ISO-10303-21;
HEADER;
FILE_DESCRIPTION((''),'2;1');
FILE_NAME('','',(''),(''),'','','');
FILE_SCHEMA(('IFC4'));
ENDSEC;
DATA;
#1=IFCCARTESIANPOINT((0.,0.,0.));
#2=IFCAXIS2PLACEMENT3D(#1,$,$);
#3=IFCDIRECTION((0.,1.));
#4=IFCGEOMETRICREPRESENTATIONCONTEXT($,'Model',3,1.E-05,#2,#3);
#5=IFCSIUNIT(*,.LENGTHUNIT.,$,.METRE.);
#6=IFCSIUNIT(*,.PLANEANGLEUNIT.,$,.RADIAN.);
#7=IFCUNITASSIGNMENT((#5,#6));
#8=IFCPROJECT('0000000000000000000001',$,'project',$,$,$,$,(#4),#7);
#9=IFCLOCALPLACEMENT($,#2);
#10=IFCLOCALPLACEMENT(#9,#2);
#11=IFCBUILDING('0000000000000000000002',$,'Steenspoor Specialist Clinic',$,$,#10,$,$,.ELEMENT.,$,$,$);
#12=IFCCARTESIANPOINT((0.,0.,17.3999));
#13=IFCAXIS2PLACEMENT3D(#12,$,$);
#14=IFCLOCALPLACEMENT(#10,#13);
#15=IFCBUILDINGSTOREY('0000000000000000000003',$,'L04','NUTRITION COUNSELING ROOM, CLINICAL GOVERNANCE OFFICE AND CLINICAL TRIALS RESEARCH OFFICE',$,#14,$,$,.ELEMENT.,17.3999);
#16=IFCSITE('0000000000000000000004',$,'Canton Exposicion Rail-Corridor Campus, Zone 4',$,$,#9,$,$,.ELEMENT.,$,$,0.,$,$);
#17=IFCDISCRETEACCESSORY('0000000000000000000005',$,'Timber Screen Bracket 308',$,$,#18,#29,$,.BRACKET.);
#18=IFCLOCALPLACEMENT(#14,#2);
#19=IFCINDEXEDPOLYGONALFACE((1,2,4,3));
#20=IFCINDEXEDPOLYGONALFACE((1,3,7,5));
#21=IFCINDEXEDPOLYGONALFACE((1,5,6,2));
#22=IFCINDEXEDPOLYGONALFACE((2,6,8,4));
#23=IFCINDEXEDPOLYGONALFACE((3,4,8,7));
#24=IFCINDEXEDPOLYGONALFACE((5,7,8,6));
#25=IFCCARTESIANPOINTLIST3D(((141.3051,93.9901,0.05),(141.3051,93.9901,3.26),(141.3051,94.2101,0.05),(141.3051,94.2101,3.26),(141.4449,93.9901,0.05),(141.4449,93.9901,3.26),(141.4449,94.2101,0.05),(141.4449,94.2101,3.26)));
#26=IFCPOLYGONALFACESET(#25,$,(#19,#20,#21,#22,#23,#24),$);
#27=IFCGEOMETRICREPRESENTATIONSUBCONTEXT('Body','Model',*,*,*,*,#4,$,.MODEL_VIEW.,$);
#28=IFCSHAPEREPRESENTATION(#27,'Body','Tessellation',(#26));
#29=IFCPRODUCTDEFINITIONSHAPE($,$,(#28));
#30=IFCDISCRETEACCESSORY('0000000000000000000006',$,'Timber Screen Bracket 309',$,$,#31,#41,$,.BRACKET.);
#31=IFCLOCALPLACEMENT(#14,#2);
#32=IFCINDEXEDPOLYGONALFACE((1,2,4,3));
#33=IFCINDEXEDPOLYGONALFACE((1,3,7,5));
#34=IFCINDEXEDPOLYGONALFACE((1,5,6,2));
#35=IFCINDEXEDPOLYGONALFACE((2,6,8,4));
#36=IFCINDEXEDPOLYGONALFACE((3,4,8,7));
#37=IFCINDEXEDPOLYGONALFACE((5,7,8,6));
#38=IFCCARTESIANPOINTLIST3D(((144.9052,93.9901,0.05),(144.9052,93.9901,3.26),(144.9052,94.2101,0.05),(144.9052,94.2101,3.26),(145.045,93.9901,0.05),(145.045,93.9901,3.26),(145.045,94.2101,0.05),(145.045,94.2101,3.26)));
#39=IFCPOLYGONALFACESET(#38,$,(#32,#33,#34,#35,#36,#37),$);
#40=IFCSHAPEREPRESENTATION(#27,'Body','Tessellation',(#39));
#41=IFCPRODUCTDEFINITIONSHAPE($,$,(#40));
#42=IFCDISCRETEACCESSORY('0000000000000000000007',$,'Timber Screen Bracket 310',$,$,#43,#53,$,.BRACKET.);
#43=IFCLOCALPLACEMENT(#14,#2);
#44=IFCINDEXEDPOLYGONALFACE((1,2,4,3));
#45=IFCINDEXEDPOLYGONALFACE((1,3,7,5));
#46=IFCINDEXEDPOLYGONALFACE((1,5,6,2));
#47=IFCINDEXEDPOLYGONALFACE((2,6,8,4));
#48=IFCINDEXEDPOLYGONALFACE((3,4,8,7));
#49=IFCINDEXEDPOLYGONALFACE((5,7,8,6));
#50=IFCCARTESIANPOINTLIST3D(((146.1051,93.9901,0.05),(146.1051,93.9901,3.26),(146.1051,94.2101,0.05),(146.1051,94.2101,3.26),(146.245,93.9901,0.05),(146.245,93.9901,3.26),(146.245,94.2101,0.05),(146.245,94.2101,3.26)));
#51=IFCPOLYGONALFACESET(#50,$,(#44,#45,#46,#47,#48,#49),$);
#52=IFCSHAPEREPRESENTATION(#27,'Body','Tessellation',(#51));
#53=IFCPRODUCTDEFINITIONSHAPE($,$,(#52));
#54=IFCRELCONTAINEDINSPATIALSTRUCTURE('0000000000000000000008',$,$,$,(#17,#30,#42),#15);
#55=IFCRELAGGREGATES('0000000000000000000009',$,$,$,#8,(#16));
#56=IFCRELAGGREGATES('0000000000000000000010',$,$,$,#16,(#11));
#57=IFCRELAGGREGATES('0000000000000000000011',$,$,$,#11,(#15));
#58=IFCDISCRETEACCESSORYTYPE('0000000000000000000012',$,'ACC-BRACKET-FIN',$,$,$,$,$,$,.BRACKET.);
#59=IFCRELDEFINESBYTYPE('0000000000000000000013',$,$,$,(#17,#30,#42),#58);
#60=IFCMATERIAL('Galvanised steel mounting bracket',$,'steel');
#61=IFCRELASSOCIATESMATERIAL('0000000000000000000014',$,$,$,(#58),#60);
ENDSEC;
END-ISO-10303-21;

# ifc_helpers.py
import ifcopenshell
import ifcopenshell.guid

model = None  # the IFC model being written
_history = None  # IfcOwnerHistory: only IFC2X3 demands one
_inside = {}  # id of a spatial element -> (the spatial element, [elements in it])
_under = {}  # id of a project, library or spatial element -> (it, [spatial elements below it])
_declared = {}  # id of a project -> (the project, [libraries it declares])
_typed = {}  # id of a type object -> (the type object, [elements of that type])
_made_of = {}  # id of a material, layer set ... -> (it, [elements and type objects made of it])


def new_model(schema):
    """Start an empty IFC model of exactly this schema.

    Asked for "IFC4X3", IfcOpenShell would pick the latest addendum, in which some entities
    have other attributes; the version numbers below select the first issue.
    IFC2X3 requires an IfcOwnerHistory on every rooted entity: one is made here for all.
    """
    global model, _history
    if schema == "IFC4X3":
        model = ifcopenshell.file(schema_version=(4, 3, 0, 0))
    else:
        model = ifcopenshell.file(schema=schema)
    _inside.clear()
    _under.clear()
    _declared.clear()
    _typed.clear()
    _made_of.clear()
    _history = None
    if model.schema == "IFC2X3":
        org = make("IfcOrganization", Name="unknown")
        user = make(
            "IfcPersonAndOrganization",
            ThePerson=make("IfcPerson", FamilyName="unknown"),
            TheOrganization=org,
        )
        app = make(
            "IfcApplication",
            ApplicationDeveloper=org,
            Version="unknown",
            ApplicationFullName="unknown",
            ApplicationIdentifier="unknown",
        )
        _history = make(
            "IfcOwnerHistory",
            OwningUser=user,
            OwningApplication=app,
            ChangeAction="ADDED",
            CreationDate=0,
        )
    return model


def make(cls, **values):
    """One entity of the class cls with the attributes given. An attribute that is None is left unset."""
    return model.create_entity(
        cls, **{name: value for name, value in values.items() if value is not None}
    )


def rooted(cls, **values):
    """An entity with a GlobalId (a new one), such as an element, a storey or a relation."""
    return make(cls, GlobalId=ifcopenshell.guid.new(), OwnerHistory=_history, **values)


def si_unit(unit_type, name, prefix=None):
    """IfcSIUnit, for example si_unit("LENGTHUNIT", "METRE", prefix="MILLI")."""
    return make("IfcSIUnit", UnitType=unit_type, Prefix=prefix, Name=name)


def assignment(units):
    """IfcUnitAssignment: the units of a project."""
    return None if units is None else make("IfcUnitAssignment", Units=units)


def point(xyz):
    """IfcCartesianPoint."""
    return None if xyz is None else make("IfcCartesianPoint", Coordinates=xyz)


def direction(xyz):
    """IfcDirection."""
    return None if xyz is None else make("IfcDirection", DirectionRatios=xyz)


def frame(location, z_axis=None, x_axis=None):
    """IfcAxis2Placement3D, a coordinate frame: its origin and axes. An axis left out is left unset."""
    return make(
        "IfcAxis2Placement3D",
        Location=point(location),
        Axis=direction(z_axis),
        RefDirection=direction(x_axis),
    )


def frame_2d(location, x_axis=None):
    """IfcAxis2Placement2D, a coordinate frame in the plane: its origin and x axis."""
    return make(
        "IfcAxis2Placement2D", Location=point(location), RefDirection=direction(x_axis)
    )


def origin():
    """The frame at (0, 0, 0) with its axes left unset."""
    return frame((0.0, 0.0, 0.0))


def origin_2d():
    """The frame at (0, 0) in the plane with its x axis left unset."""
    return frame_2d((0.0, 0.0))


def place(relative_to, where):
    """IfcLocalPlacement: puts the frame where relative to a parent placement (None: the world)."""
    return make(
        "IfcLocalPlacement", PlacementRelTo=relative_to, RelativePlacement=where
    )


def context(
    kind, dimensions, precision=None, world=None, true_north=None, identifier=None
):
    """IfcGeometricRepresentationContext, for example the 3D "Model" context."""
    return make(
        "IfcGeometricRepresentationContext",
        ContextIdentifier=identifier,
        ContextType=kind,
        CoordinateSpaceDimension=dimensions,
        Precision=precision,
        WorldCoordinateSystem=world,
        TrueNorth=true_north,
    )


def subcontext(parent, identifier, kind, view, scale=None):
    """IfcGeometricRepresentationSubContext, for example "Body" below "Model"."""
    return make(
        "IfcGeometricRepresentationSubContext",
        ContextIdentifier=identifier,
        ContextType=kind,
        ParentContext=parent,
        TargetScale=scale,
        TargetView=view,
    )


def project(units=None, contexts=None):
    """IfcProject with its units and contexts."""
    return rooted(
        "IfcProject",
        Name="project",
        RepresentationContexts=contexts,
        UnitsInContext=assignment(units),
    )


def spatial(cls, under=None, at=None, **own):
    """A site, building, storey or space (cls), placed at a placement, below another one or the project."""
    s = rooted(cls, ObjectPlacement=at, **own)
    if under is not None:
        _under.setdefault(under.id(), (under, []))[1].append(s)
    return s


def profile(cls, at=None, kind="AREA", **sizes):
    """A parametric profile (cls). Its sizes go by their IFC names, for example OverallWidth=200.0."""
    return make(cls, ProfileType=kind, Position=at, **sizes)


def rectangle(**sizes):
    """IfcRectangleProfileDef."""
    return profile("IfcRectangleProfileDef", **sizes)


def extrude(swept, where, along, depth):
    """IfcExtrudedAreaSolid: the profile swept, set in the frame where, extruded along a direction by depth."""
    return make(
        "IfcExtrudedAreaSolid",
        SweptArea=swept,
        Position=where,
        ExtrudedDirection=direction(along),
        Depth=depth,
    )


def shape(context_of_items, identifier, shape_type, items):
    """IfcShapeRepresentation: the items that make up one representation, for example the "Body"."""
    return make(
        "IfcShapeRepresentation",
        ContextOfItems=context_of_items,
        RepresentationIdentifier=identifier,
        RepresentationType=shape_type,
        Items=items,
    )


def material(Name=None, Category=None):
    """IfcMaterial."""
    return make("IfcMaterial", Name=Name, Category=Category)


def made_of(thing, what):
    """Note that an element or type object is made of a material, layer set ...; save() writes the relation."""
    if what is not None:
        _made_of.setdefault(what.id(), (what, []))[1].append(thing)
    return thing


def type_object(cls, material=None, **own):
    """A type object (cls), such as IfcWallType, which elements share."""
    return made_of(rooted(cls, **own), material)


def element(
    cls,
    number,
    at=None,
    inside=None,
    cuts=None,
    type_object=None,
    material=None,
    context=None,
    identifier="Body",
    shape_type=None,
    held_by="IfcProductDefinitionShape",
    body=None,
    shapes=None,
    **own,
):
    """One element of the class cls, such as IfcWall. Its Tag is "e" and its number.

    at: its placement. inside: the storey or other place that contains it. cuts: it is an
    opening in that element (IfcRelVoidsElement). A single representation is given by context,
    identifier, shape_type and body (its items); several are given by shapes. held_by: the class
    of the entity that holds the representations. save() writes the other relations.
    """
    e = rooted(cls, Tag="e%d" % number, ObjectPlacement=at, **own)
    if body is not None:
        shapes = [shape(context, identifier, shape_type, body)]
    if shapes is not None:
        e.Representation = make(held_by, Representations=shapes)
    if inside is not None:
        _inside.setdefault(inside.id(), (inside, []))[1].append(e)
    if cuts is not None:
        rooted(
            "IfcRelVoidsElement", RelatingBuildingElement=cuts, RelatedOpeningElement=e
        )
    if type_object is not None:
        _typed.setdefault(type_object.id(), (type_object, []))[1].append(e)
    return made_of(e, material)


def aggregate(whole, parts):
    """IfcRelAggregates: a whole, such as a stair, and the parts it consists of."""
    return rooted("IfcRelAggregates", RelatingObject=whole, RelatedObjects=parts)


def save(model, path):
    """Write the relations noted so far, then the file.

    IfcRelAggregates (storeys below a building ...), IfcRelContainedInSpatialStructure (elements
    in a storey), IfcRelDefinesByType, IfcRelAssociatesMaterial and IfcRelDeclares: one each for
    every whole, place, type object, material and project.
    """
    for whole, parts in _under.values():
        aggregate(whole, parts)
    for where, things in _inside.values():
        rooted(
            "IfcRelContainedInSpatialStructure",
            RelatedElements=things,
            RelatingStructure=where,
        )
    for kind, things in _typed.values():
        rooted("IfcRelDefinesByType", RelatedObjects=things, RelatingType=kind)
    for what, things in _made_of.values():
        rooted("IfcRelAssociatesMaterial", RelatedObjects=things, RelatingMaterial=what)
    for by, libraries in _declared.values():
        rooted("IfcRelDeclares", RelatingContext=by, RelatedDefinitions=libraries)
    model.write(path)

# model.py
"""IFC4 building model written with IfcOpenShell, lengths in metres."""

from ifc_helpers import new_model, si_unit, direction, frame, origin, origin_2d, place, context, subcontext, project, spatial, rectangle, extrude, material, type_object, element, save


model = new_model("IFC4")

# Units and contexts
model_context = context("Model", 3, precision=1e-05, world=origin(), true_north=direction((0.0, 1.0)))
body_context = subcontext(model_context, "Body", "Model", "MODEL_VIEW")
ifc_project = project(units=[si_unit("LENGTHUNIT", "METRE"), si_unit("PLANEANGLEUNIT", "RADIAN")], contexts=[model_context])

# Site, building, storey
site_placement = place(None, origin())
site = spatial("IfcSite", under=ifc_project, at=site_placement, Name="Canton Exposicion Rail-Corridor Campus, Zone 4", CompositionType="ELEMENT", RefElevation=0.0)
building_placement = place(site_placement, origin())
building = spatial("IfcBuilding", under=site, at=building_placement, Name="Steenspoor Specialist Clinic", CompositionType="ELEMENT")
storey_placement = place(building_placement, frame((0.0, 0.0, 17.3999)))
storey = spatial("IfcBuildingStorey", under=building, at=storey_placement, Name="L04", Description="NUTRITION COUNSELING ROOM, CLINICAL GOVERNANCE OFFICE AND CLINICAL TRIALS RESEARCH OFFICE", CompositionType="ELEMENT", Elevation=17.3999)

# Discrete accessories
ifc_material_1 = material(Name="Galvanised steel mounting bracket", Category="steel")
discrete_accessory_type = type_object("IfcDiscreteAccessoryType", Name="ACC-BRACKET-FIN", PredefinedType="BRACKET", material=ifc_material_1)
for number, where, z_axis, x_axis, name in (
    (1, (141.375, 94.1001, 0.05), (0.0, 0.0, 1.0), (0.0, 1.0, 0.0), "Timber Screen Bracket 308"),
    (2, (144.9751, 94.1001, 0.05), (0.0, 0.0, 1.0), (0.0, 1.0, 0.0), "Timber Screen Bracket 309"),
    (3, (146.175, 94.1001, 0.05), (0.0, 0.0, 1.0), (0.0, 1.0, 0.0), "Timber Screen Bracket 310"),
):
    element("IfcDiscreteAccessory", number, at=place(storey_placement, frame(where, z_axis=z_axis, x_axis=x_axis)), inside=storey, type_object=discrete_accessory_type, Name=name, PredefinedType="BRACKET", context=body_context, shape_type="SweptSolid", body=[
        extrude(rectangle(XDim=0.22, YDim=0.1399, at=origin_2d()), origin(), (0.0, 0.0, 1.0), 3.21),
    ])

save(model, "model.ifc")
